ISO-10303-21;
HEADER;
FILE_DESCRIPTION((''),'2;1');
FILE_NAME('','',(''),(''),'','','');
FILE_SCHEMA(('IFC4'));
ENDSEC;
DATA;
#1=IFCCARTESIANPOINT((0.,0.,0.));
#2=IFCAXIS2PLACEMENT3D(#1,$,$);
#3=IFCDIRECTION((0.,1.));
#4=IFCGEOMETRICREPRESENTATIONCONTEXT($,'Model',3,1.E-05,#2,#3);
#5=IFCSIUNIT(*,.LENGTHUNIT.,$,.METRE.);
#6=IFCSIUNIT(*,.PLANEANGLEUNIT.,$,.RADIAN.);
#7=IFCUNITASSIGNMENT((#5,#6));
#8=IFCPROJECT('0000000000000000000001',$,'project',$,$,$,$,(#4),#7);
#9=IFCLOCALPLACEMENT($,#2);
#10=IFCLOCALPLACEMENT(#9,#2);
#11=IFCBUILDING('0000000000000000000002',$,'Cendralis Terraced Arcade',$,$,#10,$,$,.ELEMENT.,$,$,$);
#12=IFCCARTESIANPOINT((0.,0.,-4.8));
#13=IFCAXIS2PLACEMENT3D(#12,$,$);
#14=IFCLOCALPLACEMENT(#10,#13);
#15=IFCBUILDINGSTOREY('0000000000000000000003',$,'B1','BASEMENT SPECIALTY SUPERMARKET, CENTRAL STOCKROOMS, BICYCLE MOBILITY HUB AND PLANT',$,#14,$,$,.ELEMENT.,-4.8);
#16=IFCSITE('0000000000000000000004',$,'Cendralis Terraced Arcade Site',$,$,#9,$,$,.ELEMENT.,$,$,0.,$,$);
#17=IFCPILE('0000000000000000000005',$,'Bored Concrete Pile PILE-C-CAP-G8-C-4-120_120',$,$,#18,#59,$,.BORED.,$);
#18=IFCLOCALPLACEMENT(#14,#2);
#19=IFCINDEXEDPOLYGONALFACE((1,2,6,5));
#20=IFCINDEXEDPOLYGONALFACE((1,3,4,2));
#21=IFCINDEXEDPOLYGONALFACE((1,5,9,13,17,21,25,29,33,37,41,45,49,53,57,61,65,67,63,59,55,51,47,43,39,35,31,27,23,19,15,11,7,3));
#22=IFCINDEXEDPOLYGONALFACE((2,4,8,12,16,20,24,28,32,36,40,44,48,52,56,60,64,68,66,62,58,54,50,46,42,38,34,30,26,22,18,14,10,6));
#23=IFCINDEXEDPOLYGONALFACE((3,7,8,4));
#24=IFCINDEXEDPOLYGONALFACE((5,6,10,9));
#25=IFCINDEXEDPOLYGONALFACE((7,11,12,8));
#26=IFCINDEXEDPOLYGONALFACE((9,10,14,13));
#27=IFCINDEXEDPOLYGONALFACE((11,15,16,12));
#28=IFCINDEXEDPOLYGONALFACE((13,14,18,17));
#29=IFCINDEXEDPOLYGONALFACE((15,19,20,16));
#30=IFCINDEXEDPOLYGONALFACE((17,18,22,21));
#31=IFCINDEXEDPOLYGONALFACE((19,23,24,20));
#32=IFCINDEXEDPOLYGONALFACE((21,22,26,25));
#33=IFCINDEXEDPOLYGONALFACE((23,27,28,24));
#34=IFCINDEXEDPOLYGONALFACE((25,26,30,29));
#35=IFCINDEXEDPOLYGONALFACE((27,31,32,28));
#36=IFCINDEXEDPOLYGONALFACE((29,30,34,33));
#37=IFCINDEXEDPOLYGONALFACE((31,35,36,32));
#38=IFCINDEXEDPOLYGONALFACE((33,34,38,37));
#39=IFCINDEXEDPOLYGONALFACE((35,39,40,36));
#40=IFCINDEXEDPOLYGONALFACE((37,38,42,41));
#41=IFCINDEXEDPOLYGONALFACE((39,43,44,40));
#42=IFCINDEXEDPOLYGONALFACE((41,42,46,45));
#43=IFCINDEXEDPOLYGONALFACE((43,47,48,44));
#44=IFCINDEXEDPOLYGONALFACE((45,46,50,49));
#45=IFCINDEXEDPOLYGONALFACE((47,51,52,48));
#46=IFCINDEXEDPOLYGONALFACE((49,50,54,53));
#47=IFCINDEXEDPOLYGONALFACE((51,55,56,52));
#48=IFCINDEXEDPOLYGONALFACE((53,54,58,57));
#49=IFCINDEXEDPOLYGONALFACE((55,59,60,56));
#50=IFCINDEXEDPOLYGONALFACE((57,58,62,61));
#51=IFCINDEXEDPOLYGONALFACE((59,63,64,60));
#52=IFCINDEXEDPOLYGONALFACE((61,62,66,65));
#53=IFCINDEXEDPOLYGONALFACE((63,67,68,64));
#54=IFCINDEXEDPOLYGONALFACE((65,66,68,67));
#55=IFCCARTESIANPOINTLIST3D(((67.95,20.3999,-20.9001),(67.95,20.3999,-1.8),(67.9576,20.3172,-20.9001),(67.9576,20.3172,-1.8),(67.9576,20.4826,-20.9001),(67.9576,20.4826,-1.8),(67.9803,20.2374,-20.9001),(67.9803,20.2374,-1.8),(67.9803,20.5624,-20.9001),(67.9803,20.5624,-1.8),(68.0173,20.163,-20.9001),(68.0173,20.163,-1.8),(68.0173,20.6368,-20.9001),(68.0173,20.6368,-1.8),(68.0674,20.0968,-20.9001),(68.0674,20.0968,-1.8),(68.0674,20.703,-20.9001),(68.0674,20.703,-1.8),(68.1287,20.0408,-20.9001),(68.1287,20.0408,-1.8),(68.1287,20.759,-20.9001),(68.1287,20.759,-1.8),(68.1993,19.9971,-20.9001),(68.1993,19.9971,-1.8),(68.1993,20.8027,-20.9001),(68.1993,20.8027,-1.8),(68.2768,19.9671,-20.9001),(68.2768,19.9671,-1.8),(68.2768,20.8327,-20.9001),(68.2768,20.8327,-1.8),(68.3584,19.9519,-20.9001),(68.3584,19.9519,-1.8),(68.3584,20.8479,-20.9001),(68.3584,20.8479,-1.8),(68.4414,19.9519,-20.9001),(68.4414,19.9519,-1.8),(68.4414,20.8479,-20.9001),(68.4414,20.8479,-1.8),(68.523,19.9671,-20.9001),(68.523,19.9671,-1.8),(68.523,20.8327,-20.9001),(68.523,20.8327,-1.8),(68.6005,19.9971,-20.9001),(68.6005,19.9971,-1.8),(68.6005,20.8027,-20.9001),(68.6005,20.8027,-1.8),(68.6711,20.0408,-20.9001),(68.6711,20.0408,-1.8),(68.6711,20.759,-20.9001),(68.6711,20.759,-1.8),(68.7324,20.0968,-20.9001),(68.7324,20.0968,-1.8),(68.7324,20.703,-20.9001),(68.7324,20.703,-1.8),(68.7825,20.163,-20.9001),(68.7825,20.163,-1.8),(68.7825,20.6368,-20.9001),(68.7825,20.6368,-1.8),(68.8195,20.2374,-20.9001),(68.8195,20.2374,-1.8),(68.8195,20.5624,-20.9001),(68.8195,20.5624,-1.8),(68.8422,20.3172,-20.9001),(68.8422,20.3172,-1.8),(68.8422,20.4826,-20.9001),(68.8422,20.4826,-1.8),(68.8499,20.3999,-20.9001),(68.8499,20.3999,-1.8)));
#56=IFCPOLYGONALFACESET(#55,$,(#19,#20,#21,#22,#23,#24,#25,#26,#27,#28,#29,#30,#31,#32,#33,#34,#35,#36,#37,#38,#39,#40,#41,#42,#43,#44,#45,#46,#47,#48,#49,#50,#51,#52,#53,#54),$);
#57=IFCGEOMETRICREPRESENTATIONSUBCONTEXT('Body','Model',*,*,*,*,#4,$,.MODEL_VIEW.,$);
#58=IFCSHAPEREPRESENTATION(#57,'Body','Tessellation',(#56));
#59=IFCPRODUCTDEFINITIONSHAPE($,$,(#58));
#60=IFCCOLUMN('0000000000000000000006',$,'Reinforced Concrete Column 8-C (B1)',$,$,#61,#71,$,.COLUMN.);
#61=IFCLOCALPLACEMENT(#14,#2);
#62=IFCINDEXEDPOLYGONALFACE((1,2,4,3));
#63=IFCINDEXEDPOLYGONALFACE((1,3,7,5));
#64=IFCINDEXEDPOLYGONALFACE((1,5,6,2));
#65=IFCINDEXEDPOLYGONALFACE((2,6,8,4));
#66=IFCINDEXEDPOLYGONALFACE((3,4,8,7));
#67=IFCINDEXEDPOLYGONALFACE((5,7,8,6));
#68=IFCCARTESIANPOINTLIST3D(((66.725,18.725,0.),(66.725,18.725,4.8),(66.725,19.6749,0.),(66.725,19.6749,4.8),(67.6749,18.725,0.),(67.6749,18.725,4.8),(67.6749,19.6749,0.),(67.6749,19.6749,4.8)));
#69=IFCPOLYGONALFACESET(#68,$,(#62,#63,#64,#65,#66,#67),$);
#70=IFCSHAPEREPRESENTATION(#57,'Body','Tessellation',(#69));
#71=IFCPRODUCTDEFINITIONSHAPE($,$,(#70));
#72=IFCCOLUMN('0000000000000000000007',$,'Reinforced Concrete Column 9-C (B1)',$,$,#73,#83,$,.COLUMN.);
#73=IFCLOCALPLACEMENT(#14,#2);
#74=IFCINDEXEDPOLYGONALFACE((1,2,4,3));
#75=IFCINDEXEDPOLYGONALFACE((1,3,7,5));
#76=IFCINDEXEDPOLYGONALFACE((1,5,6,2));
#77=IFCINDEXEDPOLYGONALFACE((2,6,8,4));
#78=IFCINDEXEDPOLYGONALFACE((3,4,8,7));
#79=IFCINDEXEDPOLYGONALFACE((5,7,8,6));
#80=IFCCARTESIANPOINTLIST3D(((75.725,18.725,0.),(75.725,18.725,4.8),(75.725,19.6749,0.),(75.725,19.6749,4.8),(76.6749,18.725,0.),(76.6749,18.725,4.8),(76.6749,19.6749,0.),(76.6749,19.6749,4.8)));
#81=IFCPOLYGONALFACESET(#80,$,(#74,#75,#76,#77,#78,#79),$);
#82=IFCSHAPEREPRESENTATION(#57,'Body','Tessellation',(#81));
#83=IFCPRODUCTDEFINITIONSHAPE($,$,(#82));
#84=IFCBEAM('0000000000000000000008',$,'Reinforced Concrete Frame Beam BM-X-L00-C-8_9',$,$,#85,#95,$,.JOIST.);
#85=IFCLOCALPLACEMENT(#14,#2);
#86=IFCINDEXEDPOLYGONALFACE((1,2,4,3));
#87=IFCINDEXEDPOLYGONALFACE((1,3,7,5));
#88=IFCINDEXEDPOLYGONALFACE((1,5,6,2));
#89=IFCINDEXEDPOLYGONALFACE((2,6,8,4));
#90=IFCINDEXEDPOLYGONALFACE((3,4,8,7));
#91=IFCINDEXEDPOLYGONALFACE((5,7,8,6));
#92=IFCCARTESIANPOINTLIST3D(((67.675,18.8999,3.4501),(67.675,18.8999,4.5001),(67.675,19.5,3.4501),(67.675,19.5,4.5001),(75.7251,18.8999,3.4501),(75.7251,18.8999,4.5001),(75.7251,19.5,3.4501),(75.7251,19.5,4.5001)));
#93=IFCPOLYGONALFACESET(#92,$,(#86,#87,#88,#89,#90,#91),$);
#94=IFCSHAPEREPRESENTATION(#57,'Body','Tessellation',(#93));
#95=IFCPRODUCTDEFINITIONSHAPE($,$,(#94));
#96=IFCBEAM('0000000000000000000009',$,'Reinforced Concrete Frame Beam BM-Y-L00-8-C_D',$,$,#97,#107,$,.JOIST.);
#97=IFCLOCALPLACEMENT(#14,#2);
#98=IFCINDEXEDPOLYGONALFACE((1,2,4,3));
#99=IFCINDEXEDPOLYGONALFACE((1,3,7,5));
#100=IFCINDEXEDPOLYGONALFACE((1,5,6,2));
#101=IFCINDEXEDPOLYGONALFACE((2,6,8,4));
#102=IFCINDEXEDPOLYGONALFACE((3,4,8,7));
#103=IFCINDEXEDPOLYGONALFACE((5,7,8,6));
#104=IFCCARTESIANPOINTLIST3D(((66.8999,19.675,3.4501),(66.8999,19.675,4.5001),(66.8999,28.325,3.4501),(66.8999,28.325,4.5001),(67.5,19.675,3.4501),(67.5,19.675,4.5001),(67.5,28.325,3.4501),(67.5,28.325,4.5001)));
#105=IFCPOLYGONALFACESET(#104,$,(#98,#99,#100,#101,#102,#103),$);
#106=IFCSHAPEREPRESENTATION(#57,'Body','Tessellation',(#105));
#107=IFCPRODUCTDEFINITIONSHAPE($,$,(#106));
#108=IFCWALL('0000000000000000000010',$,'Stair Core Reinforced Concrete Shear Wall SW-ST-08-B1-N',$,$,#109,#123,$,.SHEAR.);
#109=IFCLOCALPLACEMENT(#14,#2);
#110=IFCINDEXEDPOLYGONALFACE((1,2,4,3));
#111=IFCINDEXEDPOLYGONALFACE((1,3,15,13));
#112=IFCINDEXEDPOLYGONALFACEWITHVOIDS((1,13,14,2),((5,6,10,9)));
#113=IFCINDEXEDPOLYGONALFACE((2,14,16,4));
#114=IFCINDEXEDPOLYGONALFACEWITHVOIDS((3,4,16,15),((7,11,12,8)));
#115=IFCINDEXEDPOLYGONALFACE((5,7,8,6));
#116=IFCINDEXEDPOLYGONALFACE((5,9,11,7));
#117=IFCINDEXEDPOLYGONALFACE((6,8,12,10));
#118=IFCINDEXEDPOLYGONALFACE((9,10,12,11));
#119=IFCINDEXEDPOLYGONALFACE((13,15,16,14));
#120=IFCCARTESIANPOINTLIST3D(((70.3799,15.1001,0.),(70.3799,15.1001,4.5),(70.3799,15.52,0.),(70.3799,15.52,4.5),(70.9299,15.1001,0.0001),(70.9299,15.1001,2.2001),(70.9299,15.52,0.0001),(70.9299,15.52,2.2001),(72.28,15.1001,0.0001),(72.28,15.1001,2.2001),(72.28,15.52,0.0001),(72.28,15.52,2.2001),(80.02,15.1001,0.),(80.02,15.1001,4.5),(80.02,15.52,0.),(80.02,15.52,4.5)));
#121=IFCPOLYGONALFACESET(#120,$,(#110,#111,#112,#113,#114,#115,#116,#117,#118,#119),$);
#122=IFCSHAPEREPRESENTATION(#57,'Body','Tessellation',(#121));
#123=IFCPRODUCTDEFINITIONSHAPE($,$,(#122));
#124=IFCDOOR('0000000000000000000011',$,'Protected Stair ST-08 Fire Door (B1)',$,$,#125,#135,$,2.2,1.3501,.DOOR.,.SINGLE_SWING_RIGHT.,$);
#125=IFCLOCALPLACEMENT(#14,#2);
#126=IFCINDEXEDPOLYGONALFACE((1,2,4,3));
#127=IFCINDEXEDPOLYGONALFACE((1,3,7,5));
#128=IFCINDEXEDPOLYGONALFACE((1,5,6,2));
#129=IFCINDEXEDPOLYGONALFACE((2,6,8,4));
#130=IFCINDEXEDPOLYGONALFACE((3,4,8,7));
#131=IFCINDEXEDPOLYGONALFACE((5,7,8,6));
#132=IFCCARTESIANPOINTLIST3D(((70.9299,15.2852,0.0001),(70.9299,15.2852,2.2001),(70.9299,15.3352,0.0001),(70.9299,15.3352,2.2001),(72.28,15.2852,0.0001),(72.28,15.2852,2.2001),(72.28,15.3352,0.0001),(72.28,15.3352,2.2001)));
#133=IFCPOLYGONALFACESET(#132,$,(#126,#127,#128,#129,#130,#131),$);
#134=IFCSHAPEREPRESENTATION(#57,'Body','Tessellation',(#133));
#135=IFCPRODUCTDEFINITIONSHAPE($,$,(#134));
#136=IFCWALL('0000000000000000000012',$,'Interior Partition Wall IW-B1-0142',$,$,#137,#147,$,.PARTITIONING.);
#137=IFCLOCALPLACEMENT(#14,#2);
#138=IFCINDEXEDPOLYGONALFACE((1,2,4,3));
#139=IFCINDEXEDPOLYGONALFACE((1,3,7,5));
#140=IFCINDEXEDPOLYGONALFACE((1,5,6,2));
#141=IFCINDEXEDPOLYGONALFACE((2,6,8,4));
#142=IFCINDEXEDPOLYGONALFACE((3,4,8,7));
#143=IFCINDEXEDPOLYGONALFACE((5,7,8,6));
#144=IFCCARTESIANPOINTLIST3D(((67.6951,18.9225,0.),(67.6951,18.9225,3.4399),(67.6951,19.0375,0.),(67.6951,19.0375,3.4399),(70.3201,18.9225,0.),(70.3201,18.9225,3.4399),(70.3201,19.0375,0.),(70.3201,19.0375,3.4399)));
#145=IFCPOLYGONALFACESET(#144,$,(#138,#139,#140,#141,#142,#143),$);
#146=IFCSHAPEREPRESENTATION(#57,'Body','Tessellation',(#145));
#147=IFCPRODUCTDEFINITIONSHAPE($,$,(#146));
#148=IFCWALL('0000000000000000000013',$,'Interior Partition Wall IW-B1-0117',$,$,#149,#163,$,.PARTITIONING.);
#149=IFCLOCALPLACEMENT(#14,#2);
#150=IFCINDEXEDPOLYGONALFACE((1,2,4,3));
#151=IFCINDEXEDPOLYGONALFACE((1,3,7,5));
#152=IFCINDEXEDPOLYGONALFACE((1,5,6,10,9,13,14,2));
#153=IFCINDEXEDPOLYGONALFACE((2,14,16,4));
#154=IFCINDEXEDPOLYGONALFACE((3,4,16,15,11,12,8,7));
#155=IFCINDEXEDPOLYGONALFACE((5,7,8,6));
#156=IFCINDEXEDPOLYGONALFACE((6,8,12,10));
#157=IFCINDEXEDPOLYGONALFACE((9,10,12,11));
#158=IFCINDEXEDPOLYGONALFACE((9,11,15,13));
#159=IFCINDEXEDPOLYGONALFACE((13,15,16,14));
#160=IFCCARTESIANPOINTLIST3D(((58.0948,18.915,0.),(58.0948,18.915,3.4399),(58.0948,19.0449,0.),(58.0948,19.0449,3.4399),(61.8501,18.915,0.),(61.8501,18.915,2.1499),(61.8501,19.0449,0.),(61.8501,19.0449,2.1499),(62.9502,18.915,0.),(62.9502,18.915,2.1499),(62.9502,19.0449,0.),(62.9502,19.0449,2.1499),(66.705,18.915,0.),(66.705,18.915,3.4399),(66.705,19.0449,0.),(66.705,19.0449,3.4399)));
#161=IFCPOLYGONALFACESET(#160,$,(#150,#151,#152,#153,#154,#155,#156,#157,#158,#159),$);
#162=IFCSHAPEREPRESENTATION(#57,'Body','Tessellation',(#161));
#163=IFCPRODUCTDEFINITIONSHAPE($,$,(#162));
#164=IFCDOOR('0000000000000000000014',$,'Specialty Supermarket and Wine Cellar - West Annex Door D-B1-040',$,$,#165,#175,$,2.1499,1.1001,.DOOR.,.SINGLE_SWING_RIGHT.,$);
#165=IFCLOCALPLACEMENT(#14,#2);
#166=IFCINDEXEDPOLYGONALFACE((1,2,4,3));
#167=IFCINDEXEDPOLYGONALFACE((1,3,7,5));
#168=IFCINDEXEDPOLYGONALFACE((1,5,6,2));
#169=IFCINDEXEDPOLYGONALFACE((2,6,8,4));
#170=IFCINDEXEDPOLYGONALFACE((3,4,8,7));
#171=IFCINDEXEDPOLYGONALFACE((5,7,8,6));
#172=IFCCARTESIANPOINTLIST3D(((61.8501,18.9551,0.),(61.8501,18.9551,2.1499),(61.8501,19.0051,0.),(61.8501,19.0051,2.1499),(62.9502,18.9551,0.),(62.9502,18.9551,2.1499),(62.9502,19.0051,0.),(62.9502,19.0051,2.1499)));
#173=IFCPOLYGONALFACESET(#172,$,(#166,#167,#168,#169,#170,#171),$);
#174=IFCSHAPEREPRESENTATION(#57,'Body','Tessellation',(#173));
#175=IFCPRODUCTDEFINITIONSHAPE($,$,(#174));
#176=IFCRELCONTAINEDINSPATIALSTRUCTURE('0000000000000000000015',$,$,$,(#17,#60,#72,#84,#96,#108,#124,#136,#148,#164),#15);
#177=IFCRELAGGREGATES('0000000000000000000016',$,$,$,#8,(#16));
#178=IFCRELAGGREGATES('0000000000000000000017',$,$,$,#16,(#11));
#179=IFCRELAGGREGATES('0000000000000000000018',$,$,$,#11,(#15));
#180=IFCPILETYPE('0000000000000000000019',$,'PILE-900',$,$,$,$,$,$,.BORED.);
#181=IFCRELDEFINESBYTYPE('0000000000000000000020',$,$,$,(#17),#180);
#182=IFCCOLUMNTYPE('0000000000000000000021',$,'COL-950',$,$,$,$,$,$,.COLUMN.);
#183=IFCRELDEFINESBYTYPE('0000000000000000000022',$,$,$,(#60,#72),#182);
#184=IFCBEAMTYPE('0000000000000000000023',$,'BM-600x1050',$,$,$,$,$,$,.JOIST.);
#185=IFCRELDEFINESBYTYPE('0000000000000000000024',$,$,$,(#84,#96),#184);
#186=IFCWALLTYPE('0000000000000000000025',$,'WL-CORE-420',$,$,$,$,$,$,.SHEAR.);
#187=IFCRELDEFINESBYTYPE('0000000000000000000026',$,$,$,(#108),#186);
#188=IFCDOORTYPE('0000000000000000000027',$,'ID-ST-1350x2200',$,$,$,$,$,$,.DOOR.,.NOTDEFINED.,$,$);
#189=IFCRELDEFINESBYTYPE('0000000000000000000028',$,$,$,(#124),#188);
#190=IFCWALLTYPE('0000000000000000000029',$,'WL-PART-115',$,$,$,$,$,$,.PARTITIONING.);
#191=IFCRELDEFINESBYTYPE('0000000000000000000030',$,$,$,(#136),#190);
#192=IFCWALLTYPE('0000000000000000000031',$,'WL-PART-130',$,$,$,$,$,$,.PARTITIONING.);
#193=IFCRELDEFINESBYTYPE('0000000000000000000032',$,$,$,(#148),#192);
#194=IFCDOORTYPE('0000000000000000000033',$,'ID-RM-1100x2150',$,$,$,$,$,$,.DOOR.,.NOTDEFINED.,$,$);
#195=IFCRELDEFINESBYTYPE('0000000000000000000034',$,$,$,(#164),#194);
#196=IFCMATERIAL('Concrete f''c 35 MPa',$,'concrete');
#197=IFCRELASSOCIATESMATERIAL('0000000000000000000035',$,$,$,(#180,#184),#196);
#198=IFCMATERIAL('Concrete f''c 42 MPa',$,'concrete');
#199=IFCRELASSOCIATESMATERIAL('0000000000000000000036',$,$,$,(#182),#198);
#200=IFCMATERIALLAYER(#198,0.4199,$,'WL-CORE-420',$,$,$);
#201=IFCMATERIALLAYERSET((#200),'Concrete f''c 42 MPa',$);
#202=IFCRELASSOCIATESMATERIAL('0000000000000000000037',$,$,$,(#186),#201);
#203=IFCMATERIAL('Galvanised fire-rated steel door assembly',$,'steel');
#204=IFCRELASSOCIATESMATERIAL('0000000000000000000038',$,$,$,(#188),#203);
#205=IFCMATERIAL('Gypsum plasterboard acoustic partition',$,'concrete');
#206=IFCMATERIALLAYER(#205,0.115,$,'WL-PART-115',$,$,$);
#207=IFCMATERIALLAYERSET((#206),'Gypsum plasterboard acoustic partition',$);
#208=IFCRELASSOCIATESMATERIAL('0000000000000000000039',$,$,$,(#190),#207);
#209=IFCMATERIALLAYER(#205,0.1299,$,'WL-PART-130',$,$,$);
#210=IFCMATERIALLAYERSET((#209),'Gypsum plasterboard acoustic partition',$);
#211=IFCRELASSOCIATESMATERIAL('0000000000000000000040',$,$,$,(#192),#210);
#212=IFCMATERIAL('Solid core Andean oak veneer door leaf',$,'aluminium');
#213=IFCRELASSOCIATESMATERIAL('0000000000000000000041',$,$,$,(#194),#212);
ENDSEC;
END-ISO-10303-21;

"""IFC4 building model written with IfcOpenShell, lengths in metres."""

from ifc_helpers import new_model, si_unit, direction, frame, frame_2d, origin, origin_2d, place, context, subcontext, project, spatial, rectangle, circle, extrude, material, layer, layer_set, material_profile, profile_set, type_object, element, fill, save


model = new_model("IFC4")

# Units and contexts
model_context = context("Model", 3, precision=1e-05, world=origin(), true_north=direction((0.0, 1.0)))
body_context = subcontext(model_context, "Body", "Model", "MODEL_VIEW")
ifc_project = project(units=[si_unit("LENGTHUNIT", "METRE"), si_unit("PLANEANGLEUNIT", "RADIAN")], contexts=[model_context])

# Site, building, storey
site_placement = place(None, origin())
site = spatial("IfcSite", under=ifc_project, at=site_placement, Name="Cendralis Terraced Arcade Site", CompositionType="ELEMENT", RefElevation=0.0)
building_placement = place(site_placement, origin())
building = spatial("IfcBuilding", under=site, at=building_placement, Name="Cendralis Terraced Arcade", CompositionType="ELEMENT")
storey_placement = place(building_placement, frame((0.0, 0.0, -4.8)))
storey = spatial("IfcBuildingStorey", under=building, at=storey_placement, Name="B1", Description="BASEMENT SPECIALTY SUPERMARKET, CENTRAL STOCKROOMS, BICYCLE MOBILITY HUB AND PLANT", CompositionType="ELEMENT", Elevation=-4.8)

# Shared definitions
ifc_material_1 = material(Name="Concrete f'c 35 MPa", Category="concrete")

# Pile
ifc_material_profile_1 = material_profile(ifc_material_1, circle(Radius=0.45, at=origin_2d()), Name="PILE-D900", Category="LoadBearing")
ifc_profile_set_1 = profile_set([ifc_material_profile_1], Name="Concrete f'c 35 MPa")
pile_type_1 = type_object("IfcPileType", Name="PILE-900", PredefinedType="BORED", material=ifc_profile_set_1)
for number, where, z_axis, x_axis, name in (
    (1, (68.3999, 20.3999, -1.8), (0.0, 0.0, -1.0), (1.0, 0.0, 0.0), "Bored Concrete Pile PILE-C-CAP-G8-C-4-120_120"),
):
    element("IfcPile", number, at=place(storey_placement, frame(where, z_axis=z_axis, x_axis=x_axis)), inside=storey, type_object=pile_type_1, Name=name, PredefinedType="BORED", context=body_context, shape_type="SweptSolid", body=[
        extrude(circle(Radius=0.45, at=origin_2d()), origin(), (0.0, 0.0, 1.0), 19.1001),
    ])

# Columns
ifc_material_2 = material(Name="Concrete f'c 42 MPa", Category="concrete")
ifc_material_profile_2 = material_profile(ifc_material_2, rectangle(XDim=0.95, YDim=0.95, at=origin_2d()), Name="RC-COL-950x950", Category="LoadBearing")
ifc_profile_set_2 = profile_set([ifc_material_profile_2], Name="Concrete f'c 42 MPa")
column_type = type_object("IfcColumnType", Name="COL-950", PredefinedType="COLUMN", material=ifc_profile_set_2)
for number, where, z_axis, x_axis, name in (
    (2, (67.2, 19.2, 0.0), (0.0, 0.0, 1.0), (1.0, 0.0, 0.0), "Reinforced Concrete Column 8-C (B1)"),
    (3, (76.2, 19.2, 0.0), (0.0, 0.0, 1.0), (1.0, 0.0, 0.0), "Reinforced Concrete Column 9-C (B1)"),
):
    element("IfcColumn", number, at=place(storey_placement, frame(where, z_axis=z_axis, x_axis=x_axis)), inside=storey, type_object=column_type, Name=name, PredefinedType="COLUMN", context=body_context, shape_type="SweptSolid", body=[
        extrude(rectangle(XDim=0.95, YDim=0.95, at=origin_2d()), origin(), (0.0, 0.0, 1.0), 4.8),
    ])

# Beams
ifc_material_profile_3 = material_profile(ifc_material_1, rectangle(XDim=0.6001, YDim=1.05, at=origin_2d()), Name="RC-BM-600x1050", Category="LoadBearing")
ifc_profile_set_3 = profile_set([ifc_material_profile_3], Name="Concrete f'c 35 MPa")
beam_type = type_object("IfcBeamType", Name="BM-600x1050", PredefinedType="JOIST", material=ifc_profile_set_3)
beam_1_placement = place(storey_placement, frame((67.675, 19.2, 3.9751), z_axis=(1.0, 0.0, 0.0), x_axis=(0.0, 1.0, 0.0)))
element("IfcBeam", 4, at=beam_1_placement, inside=storey, type_object=beam_type, Name="Reinforced Concrete Frame Beam BM-X-L00-C-8_9", PredefinedType="JOIST", context=body_context, shape_type="SweptSolid", body=[
    extrude(rectangle(XDim=0.6001, YDim=1.05, at=origin_2d()), origin(), (0.0, 0.0, 1.0), 8.05),
])
beam_2_placement = place(storey_placement, frame((67.2, 19.675, 3.9751), z_axis=(0.0, 1.0, 0.0), x_axis=(-1.0, 0.0, 0.0)))
element("IfcBeam", 5, at=beam_2_placement, inside=storey, type_object=beam_type, Name="Reinforced Concrete Frame Beam BM-Y-L00-8-C_D", PredefinedType="JOIST", context=body_context, shape_type="SweptSolid", body=[
    extrude(rectangle(XDim=0.6001, YDim=1.05, at=origin_2d()), origin(), (0.0, 0.0, 1.0), 8.6499),
])

# Wall, opening, door
ifc_layer_1 = layer(ifc_material_2, 0.4199, Name="WL-CORE-420")
ifc_layer_set_1 = layer_set([ifc_layer_1], Name="Concrete f'c 42 MPa")
wall_type_1 = type_object("IfcWallType", Name="WL-CORE-420", PredefinedType="SHEAR", material=ifc_layer_set_1)
wall_1_placement = place(storey_placement, frame((70.3799, 15.3101, 0.0), z_axis=(0.0, 0.0, 1.0), x_axis=(1.0, 0.0, 0.0)))
wall_1 = element("IfcWall", 6, at=wall_1_placement, inside=storey, type_object=wall_type_1, Name="Stair Core Reinforced Concrete Shear Wall SW-ST-08-B1-N", PredefinedType="SHEAR", context=body_context, shape_type="SweptSolid", body=[
    extrude(rectangle(XDim=9.6401, YDim=0.4199, at=frame_2d((4.8201, 0.0))), origin(), (0.0, 0.0, 1.0), 4.5),
])
opening_1_placement = place(wall_1_placement, frame((0.55, 0.0, 0.0)))
opening_1 = element("IfcOpeningElement", 7, at=opening_1_placement, cuts=wall_1, PredefinedType="OPENING", context=body_context, shape_type="SweptSolid", body=[
    extrude(rectangle(XDim=1.3501, YDim=2.2, at=frame_2d((0.675, 1.1001))), frame((0.0, 0.2219, 0.0), z_axis=(0.0, -1.0, 0.0), x_axis=(1.0, 0.0, 0.0)), (0.0, 0.0, 1.0), 0.4438),
])
ifc_material_3 = material(Name="Galvanised fire-rated steel door assembly", Category="steel")
door_type_1 = type_object("IfcDoorType", Name="ID-ST-1350x2200", OperationType="NOTDEFINED", PredefinedType="DOOR", material=ifc_material_3)
door_1_placement = place(opening_1_placement, frame((1.3501, 0.0, 0.0), z_axis=(0.0, 0.0, 1.0), x_axis=(-1.0, 0.0, 0.0)))
door_1 = element("IfcDoor", 8, at=door_1_placement, inside=storey, type_object=door_type_1, Name="Protected Stair ST-08 Fire Door (B1)", OperationType="SINGLE_SWING_RIGHT", OverallHeight=2.2, OverallWidth=1.3501, PredefinedType="DOOR", context=body_context, shape_type="SweptSolid", body=[
    extrude(rectangle(XDim=1.3501, YDim=2.2, at=frame_2d((0.675, 1.1001))), frame((0.0, 0.0249, 0.0), z_axis=(0.0, -1.0, 0.0), x_axis=(1.0, 0.0, 0.0)), (0.0, 0.0, 1.0), 0.05),
])
fill(opening_1, door_1)

# Wall
ifc_material_4 = material(Name="Gypsum plasterboard acoustic partition", Category="concrete")
ifc_layer_2 = layer(ifc_material_4, 0.115, Name="WL-PART-115")
ifc_layer_set_2 = layer_set([ifc_layer_2], Name="Gypsum plasterboard acoustic partition")
wall_type_2 = type_object("IfcWallType", Name="WL-PART-115", PredefinedType="PARTITIONING", material=ifc_layer_set_2)
wall_2_placement = place(storey_placement, frame((70.3201, 18.98, 0.0), z_axis=(0.0, 0.0, 1.0), x_axis=(-1.0, 0.0, 0.0)))
element("IfcWall", 9, at=wall_2_placement, inside=storey, type_object=wall_type_2, Name="Interior Partition Wall IW-B1-0142", PredefinedType="PARTITIONING", context=body_context, shape_type="SweptSolid", body=[
    extrude(rectangle(XDim=2.625, YDim=0.115, at=frame_2d((1.3125, 0.0))), origin(), (0.0, 0.0, 1.0), 3.4399),
])

# Wall, opening, door
ifc_layer_3 = layer(ifc_material_4, 0.1299, Name="WL-PART-130")
ifc_layer_set_3 = layer_set([ifc_layer_3], Name="Gypsum plasterboard acoustic partition")
wall_type_3 = type_object("IfcWallType", Name="WL-PART-130", PredefinedType="PARTITIONING", material=ifc_layer_set_3)
wall_3_placement = place(storey_placement, frame((66.7051, 18.98, 0.0), z_axis=(0.0, 0.0, 1.0), x_axis=(-1.0, 0.0, 0.0)))
wall_3 = element("IfcWall", 10, at=wall_3_placement, inside=storey, type_object=wall_type_3, Name="Interior Partition Wall IW-B1-0117", PredefinedType="PARTITIONING", context=body_context, shape_type="SweptSolid", body=[
    extrude(rectangle(XDim=8.6101, YDim=0.1299, at=frame_2d((4.3052, 0.0))), origin(), (0.0, 0.0, 1.0), 3.4399),
])
opening_2_placement = place(wall_3_placement, frame((3.7549, 0.0, 0.0)))
opening_2 = element("IfcOpeningElement", 11, at=opening_2_placement, cuts=wall_3, PredefinedType="OPENING", context=body_context, shape_type="SweptSolid", body=[
    extrude(rectangle(XDim=1.1001, YDim=2.1499, at=frame_2d((0.55, 1.075))), frame((0.0, 0.0769, 0.0), z_axis=(0.0, -1.0, 0.0), x_axis=(1.0, 0.0, 0.0)), (0.0, 0.0, 1.0), 0.1538),
])
ifc_material_5 = material(Name="Solid core Andean oak veneer door leaf", Category="aluminium")
door_type_2 = type_object("IfcDoorType", Name="ID-RM-1100x2150", OperationType="NOTDEFINED", PredefinedType="DOOR", material=ifc_material_5)
door_2_placement = place(opening_2_placement, origin())
door_2 = element("IfcDoor", 12, at=door_2_placement, inside=storey, type_object=door_type_2, Name="Specialty Supermarket and Wine Cellar - West Annex Door D-B1-040", OperationType="SINGLE_SWING_RIGHT", OverallHeight=2.1499, OverallWidth=1.1001, PredefinedType="DOOR", context=body_context, shape_type="SweptSolid", body=[
    extrude(rectangle(XDim=1.1001, YDim=2.1499, at=frame_2d((0.55, 1.075))), frame((0.0, 0.0249, 0.0), z_axis=(0.0, -1.0, 0.0), x_axis=(1.0, 0.0, 0.0)), (0.0, 0.0, 1.0), 0.05),
])
fill(opening_2, door_2)

save(model, "model.ifc")
